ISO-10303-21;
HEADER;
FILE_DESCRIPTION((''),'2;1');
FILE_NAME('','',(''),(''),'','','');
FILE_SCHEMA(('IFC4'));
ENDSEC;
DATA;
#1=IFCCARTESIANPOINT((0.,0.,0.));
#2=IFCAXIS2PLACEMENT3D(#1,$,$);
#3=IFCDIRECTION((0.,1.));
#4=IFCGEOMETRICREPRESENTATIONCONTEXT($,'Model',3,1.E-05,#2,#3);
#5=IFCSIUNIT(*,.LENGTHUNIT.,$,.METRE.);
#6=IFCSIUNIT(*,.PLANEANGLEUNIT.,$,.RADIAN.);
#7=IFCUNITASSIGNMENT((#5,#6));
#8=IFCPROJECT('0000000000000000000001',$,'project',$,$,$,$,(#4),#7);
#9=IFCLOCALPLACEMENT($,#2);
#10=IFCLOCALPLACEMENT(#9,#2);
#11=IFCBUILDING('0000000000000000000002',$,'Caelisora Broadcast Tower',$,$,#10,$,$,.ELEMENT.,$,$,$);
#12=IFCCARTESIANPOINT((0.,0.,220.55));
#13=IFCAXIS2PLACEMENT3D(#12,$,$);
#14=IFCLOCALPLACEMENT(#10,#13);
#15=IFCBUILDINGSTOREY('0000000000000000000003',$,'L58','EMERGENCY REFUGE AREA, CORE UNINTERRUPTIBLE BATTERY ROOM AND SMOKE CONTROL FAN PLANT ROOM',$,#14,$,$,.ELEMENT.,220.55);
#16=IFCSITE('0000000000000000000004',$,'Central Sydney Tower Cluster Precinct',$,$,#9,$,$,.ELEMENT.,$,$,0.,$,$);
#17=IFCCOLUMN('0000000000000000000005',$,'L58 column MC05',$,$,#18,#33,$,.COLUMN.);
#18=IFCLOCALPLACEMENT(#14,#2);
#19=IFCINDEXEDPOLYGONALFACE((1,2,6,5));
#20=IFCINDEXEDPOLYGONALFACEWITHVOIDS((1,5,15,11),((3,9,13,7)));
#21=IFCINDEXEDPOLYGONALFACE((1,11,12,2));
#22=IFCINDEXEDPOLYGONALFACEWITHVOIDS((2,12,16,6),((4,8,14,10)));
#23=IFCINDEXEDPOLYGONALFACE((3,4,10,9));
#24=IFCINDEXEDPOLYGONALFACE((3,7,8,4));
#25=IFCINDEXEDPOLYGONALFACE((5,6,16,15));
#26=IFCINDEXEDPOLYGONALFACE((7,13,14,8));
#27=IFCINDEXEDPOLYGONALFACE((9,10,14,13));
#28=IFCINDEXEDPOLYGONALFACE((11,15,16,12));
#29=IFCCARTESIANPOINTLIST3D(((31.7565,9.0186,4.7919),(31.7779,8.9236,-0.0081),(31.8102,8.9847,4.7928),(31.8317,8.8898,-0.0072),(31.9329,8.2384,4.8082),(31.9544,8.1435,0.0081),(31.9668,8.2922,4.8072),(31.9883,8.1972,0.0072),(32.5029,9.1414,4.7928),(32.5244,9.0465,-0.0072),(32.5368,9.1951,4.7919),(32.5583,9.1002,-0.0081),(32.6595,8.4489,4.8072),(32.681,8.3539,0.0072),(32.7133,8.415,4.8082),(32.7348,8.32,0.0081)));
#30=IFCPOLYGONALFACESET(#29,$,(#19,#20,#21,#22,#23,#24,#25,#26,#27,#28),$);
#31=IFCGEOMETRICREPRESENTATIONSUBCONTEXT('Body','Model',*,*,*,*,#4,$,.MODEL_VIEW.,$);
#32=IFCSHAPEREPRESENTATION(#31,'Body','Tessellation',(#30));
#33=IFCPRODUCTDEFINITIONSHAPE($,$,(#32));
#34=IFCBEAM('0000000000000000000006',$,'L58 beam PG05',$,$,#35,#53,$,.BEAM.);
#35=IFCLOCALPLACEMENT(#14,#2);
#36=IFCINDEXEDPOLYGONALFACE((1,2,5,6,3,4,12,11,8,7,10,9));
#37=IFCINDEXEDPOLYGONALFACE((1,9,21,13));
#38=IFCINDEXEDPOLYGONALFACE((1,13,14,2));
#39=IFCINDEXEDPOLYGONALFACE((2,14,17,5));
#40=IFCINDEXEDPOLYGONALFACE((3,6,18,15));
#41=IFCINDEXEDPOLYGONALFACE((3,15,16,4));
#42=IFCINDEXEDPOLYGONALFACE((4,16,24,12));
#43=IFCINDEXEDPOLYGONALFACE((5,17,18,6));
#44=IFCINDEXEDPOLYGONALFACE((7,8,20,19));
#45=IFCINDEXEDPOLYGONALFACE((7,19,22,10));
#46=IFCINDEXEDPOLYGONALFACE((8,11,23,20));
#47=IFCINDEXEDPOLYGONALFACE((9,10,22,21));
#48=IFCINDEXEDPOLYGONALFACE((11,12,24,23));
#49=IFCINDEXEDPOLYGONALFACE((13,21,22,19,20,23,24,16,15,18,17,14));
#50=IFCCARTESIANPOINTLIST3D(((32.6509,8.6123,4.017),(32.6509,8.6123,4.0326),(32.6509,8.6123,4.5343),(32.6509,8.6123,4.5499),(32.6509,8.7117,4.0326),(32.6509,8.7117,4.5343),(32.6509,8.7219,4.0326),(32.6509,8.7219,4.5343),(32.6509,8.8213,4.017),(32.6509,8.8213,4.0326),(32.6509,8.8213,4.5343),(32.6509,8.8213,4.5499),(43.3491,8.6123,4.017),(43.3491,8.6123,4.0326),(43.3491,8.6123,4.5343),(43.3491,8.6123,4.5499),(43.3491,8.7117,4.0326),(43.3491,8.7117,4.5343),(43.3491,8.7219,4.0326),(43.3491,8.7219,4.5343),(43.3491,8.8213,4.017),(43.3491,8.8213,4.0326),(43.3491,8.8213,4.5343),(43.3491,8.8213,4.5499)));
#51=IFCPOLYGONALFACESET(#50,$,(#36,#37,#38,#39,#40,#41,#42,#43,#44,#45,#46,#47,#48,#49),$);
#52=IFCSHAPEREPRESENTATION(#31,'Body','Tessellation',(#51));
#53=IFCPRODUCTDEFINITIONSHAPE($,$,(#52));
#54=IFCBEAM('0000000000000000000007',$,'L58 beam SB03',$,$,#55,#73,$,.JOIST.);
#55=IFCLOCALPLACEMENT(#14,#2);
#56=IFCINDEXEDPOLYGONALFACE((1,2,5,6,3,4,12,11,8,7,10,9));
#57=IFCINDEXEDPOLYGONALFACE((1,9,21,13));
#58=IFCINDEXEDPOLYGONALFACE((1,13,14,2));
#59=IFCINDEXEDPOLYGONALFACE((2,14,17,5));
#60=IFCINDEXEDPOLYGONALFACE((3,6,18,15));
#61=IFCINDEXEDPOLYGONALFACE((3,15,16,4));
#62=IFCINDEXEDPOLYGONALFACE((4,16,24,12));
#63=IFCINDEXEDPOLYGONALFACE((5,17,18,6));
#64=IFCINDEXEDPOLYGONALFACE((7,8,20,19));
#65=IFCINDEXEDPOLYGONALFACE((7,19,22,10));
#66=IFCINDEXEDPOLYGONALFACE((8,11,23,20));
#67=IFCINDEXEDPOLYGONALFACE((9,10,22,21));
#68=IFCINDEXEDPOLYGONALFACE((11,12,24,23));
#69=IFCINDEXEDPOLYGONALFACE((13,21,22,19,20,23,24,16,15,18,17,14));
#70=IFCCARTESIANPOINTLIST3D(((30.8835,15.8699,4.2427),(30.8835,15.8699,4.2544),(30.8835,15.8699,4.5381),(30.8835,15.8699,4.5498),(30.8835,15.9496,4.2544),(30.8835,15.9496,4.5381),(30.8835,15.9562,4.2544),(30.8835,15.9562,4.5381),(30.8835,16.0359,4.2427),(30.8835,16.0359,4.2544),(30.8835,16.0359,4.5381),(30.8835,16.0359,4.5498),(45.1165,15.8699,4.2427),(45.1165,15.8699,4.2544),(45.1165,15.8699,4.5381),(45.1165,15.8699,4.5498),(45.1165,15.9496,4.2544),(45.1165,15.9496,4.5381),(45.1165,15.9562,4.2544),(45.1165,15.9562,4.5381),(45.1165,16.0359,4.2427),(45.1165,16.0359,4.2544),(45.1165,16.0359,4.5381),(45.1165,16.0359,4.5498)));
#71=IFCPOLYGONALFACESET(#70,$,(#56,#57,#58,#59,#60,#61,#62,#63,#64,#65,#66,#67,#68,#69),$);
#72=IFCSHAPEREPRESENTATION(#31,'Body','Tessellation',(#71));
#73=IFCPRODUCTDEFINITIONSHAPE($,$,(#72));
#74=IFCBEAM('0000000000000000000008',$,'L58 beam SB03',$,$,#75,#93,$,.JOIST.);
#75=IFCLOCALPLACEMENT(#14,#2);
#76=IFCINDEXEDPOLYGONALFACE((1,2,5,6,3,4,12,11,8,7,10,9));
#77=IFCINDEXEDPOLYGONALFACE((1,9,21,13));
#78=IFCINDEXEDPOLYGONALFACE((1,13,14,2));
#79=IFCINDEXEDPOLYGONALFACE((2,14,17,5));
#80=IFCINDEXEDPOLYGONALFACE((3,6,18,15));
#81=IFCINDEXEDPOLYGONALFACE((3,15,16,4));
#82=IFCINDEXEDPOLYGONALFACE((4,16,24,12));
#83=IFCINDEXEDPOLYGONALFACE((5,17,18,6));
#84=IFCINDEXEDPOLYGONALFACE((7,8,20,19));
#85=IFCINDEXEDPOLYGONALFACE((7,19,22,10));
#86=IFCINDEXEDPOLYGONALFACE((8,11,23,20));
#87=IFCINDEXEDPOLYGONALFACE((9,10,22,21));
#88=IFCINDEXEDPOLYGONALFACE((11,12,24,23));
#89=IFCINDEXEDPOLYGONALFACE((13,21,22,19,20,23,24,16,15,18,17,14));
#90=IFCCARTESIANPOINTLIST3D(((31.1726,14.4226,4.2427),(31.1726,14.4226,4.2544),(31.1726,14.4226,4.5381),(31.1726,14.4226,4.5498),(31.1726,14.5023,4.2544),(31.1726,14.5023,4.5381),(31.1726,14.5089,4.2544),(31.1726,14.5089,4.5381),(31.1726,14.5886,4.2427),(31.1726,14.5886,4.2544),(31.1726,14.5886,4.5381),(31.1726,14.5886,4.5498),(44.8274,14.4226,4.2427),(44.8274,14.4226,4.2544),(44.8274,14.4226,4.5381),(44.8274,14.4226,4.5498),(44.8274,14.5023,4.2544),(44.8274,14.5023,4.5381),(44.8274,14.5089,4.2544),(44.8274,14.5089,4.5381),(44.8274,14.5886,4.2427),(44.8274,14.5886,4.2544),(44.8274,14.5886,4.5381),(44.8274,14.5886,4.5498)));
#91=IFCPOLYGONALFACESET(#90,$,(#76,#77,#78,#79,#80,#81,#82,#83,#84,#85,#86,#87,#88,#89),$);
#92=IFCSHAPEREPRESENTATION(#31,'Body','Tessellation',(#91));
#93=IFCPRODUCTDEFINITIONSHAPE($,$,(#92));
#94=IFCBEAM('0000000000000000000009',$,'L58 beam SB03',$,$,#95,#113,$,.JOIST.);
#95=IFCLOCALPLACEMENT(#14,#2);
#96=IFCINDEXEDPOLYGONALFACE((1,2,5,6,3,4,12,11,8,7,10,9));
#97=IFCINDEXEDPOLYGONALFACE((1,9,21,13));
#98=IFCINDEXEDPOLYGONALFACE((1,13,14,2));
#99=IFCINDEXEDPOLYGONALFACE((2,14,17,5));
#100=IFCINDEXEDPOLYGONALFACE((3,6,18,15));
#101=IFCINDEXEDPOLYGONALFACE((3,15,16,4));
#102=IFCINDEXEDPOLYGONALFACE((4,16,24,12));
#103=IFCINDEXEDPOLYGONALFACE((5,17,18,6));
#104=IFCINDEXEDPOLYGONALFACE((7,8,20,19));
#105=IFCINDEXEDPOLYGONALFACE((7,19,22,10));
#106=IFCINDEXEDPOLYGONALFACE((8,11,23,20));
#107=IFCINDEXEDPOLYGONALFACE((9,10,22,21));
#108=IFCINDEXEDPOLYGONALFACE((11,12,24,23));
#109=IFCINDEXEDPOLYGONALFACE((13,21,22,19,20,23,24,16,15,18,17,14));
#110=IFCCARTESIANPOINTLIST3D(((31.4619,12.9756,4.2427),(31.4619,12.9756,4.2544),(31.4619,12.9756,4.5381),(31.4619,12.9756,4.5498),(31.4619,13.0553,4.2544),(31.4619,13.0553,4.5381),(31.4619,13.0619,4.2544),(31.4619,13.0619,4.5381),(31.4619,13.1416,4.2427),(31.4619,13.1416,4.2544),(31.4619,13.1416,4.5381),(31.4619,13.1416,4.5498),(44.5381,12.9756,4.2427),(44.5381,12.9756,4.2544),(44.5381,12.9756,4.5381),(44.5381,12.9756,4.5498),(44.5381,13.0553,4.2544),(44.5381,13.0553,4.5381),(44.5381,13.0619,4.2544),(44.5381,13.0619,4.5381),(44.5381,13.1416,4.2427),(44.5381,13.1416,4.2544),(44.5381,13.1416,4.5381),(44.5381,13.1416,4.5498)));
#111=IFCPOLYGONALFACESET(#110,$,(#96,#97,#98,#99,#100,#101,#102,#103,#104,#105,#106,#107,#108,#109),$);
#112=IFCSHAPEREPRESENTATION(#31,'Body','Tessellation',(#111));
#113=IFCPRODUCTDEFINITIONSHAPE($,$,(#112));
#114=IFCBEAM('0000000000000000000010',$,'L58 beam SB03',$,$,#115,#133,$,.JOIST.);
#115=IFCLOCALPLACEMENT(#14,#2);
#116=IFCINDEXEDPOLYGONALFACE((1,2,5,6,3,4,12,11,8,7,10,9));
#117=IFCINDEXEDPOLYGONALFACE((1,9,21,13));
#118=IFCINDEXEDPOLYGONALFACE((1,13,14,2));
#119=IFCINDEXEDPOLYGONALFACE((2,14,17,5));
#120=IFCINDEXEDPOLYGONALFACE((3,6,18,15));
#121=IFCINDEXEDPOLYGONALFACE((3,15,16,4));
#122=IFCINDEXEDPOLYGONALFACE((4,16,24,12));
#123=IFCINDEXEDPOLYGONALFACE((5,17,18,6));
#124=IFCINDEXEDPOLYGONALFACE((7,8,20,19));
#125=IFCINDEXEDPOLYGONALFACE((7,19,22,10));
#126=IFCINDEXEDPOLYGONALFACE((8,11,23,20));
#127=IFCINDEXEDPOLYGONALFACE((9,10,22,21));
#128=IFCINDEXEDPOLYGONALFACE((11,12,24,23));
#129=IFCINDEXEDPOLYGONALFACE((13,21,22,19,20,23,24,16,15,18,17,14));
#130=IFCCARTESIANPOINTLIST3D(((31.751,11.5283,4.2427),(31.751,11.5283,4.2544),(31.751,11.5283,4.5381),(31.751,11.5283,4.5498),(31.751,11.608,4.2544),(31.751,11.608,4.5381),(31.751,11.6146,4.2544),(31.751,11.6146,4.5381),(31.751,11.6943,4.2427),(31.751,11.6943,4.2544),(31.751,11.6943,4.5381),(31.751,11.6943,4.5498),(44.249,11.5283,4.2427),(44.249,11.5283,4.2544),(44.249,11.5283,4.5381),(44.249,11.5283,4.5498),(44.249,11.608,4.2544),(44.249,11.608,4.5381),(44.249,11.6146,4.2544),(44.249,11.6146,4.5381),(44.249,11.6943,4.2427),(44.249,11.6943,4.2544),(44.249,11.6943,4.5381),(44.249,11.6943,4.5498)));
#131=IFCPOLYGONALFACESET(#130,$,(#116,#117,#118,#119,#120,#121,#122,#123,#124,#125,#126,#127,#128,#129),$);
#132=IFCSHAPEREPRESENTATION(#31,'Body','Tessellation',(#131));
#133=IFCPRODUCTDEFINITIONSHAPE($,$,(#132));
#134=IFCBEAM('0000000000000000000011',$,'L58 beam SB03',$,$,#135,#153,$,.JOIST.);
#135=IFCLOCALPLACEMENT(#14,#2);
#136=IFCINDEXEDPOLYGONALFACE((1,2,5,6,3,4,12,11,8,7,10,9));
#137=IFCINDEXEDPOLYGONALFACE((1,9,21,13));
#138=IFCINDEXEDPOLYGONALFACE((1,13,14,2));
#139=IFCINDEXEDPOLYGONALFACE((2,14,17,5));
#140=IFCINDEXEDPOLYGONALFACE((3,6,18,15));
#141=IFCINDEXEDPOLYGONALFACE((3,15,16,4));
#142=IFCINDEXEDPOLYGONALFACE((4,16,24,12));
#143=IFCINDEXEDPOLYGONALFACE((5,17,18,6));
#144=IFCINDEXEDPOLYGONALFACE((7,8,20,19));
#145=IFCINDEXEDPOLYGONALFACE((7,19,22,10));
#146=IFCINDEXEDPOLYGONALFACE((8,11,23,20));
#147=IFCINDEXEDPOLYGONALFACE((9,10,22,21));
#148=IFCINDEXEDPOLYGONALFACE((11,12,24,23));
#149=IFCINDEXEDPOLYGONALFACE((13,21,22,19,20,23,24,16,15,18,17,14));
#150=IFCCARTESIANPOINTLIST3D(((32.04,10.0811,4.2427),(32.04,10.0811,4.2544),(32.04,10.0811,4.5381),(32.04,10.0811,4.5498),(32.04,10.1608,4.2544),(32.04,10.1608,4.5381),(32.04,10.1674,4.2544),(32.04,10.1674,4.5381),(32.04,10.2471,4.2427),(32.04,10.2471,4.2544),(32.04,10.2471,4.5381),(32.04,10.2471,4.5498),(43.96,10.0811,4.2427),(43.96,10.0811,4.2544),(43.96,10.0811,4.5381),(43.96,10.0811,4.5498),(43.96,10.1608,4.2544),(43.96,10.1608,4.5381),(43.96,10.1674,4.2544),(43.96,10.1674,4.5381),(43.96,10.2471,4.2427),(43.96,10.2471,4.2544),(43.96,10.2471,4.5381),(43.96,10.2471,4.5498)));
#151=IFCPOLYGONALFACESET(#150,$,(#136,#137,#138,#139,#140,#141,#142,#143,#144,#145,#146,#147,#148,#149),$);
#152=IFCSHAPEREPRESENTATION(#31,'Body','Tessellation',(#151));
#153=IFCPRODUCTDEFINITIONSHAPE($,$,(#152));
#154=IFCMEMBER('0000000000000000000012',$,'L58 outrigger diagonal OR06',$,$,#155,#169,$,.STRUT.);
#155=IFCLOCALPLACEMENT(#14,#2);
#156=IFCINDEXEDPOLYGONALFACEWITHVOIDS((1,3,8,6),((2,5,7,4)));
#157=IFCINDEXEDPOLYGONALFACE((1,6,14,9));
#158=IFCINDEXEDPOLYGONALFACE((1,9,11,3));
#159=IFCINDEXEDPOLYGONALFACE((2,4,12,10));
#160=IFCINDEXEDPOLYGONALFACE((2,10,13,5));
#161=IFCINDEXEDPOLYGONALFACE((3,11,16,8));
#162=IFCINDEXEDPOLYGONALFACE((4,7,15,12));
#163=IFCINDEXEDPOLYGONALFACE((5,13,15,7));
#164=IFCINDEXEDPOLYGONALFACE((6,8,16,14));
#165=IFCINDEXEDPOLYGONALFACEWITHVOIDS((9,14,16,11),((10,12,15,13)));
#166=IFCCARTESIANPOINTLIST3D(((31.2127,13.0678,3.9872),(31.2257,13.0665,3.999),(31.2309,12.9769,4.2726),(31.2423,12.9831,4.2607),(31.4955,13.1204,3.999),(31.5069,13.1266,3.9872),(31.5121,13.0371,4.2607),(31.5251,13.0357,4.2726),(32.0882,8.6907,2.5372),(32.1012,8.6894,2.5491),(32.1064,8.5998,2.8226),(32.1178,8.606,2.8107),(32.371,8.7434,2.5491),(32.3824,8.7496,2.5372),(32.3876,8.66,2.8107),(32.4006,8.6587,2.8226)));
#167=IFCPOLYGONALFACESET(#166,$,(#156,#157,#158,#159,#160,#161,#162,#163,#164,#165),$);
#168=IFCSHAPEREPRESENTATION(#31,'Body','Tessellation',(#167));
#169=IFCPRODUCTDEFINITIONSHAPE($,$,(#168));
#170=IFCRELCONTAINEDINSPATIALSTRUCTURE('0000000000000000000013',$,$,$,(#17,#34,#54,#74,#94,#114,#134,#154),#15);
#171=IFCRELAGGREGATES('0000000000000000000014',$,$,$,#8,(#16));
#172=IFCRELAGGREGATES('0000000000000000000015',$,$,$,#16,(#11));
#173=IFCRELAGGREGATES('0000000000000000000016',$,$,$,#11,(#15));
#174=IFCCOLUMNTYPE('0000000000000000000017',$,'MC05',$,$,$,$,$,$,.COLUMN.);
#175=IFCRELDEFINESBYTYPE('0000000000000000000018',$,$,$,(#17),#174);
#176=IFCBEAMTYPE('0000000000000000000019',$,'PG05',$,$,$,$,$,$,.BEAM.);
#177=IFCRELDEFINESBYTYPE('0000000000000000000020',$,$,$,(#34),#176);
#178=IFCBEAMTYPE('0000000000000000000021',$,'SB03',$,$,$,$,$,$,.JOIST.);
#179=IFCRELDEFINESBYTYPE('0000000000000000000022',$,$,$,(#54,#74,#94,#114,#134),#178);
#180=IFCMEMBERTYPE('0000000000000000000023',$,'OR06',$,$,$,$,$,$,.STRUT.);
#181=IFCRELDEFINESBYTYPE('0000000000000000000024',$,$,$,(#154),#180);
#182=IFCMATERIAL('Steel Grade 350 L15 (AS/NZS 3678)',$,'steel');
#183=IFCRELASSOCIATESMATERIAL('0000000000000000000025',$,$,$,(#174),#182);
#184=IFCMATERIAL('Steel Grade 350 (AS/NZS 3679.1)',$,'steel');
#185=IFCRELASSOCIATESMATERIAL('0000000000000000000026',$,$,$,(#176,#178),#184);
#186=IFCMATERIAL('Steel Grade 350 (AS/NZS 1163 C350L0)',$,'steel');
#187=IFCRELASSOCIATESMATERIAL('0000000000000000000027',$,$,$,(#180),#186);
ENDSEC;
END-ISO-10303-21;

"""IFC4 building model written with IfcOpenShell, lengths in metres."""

from ifc_helpers import new_model, si_unit, direction, frame, origin, origin_2d, place, context, subcontext, project, spatial, hollow_rectangle, i_section, extrude, source, transform, mapped, material, material_profile, profile_set, type_object, type_shapes, element, save


model = new_model("IFC4")

# Units and contexts
model_context = context("Model", 3, precision=1e-05, world=origin(), true_north=direction((0.0, 1.0)))
body_context = subcontext(model_context, "Body", "Model", "MODEL_VIEW")
ifc_project = project(units=[si_unit("LENGTHUNIT", "METRE"), si_unit("PLANEANGLEUNIT", "RADIAN")], contexts=[model_context])

# Site, building, storey
site_placement = place(None, origin())
site = spatial("IfcSite", under=ifc_project, at=site_placement, Name="Central Sydney Tower Cluster Precinct", CompositionType="ELEMENT", RefElevation=0.0)
building_placement = place(site_placement, origin())
building = spatial("IfcBuilding", under=site, at=building_placement, Name="Caelisora Broadcast Tower", CompositionType="ELEMENT")
storey_placement = place(building_placement, frame((0.0, 0.0, 220.55)))
storey = spatial("IfcBuildingStorey", under=building, at=storey_placement, Name="L58", Description="EMERGENCY REFUGE AREA, CORE UNINTERRUPTIBLE BATTERY ROOM AND SMOKE CONTROL FAN PLANT ROOM", CompositionType="ELEMENT", Elevation=220.55)

# Column
ifc_material_1 = material(Name="Steel Grade 350 L15 (AS/NZS 3678)", Category="steel")
ifc_material_profile_1 = material_profile(ifc_material_1, hollow_rectangle(XDim=0.8, YDim=0.8, WallThickness=0.0449, at=origin_2d()), Name="Steel Grade 350 L15 (AS/NZS 3678)")
ifc_profile_set_1 = profile_set([ifc_material_profile_1], Name="Steel Grade 350 L15 (AS/NZS 3678)")
column_type = type_object("IfcColumnType", Name="MC05", PredefinedType="COLUMN", material=ifc_profile_set_1)
shared_shape_1 = source(origin(), body_context, "Body", "SweptSolid", [
    extrude(hollow_rectangle(XDim=0.8, YDim=0.8, WallThickness=0.0449, at=origin_2d()), origin(), (0.0, 0.0, 1.0), 4.801),
])
type_shapes(column_type, [shared_shape_1])
column_placement = place(storey_placement, frame((32.2563, 8.6218, 0.0), z_axis=(-0.004475, 0.019781, 0.999794), x_axis=(-0.975354, -0.220646, 0.0)))
element("IfcColumn", 1, at=column_placement, inside=storey, type_object=column_type, Name="L58 column MC05", PredefinedType="COLUMN", context=body_context, shape_type="MappedRepresentation", body=[
    mapped(shared_shape_1, transform((0.0, 0.0, 0.0), scale=1.0)),
])

# Beams
ifc_material_2 = material(Name="Steel Grade 350 (AS/NZS 3679.1)", Category="steel")
ifc_material_profile_2 = material_profile(ifc_material_2, i_section(OverallWidth=0.209, OverallDepth=0.533, WebThickness=0.0103, FlangeThickness=0.0156, at=origin_2d()), Name="Steel Grade 350 (AS/NZS 3679.1)")
ifc_profile_set_2 = profile_set([ifc_material_profile_2], Name="Steel Grade 350 (AS/NZS 3679.1)")
beam_type_1 = type_object("IfcBeamType", Name="PG05", PredefinedType="BEAM", material=ifc_profile_set_2)
shared_shape_2 = source(origin(), body_context, "Body", "SweptSolid", [
    extrude(i_section(OverallWidth=0.209, OverallDepth=0.533, WebThickness=0.0103, FlangeThickness=0.0156, at=origin_2d()), origin(), (0.0, 0.0, 1.0), 10.6982),
])
type_shapes(beam_type_1, [shared_shape_2])
beam_1_placement = place(storey_placement, frame((32.6509, 8.7168, 4.2834), z_axis=(1.0, 0.0, 0.0), x_axis=(0.0, 1.0, 0.0)))
element("IfcBeam", 2, at=beam_1_placement, inside=storey, type_object=beam_type_1, Name="L58 beam PG05", PredefinedType="BEAM", context=body_context, shape_type="MappedRepresentation", body=[
    mapped(shared_shape_2, transform((0.0, 0.0, 0.0), scale=1.0)),
])
ifc_material_profile_3 = material_profile(ifc_material_2, i_section(OverallWidth=0.166, OverallDepth=0.3071, WebThickness=0.0066, FlangeThickness=0.0117, at=origin_2d()), Name="Steel Grade 350 (AS/NZS 3679.1)")
ifc_profile_set_3 = profile_set([ifc_material_profile_3], Name="Steel Grade 350 (AS/NZS 3679.1)")
beam_type_2 = type_object("IfcBeamType", Name="SB03", PredefinedType="JOIST", material=ifc_profile_set_3)
shared_shape_3 = source(origin(), body_context, "Body", "SweptSolid", [
    extrude(i_section(OverallWidth=0.166, OverallDepth=0.3071, WebThickness=0.0066, FlangeThickness=0.0117, at=origin_2d()), origin(), (0.0, 0.0, 1.0), 14.2329),
])
beam_2_placement = place(storey_placement, frame((30.8835, 15.9529, 4.3962), z_axis=(1.0, 0.0, 0.0), x_axis=(0.0, 1.0, 0.0)))
element("IfcBeam", 3, at=beam_2_placement, inside=storey, type_object=beam_type_2, Name="L58 beam SB03", PredefinedType="JOIST", context=body_context, shape_type="MappedRepresentation", body=[
    mapped(shared_shape_3, transform((0.0, 0.0, 0.0), scale=1.0)),
])
shared_shape_4 = source(origin(), body_context, "Body", "SweptSolid", [
    extrude(i_section(OverallWidth=0.166, OverallDepth=0.3071, WebThickness=0.0066, FlangeThickness=0.0117, at=origin_2d()), origin(), (0.0, 0.0, 1.0), 13.6548),
])
beam_3_placement = place(storey_placement, frame((31.1726, 14.5056, 4.3962), z_axis=(1.0, 0.0, 0.0), x_axis=(0.0, 1.0, 0.0)))
element("IfcBeam", 4, at=beam_3_placement, inside=storey, type_object=beam_type_2, Name="L58 beam SB03", PredefinedType="JOIST", context=body_context, shape_type="MappedRepresentation", body=[
    mapped(shared_shape_4, transform((0.0, 0.0, 0.0), scale=1.0)),
])
shared_shape_5 = source(origin(), body_context, "Body", "SweptSolid", [
    extrude(i_section(OverallWidth=0.166, OverallDepth=0.3071, WebThickness=0.0066, FlangeThickness=0.0117, at=origin_2d()), origin(), (0.0, 0.0, 1.0), 13.0762),
])
beam_4_placement = place(storey_placement, frame((31.4619, 13.0586, 4.3962), z_axis=(1.0, 0.0, 0.0), x_axis=(0.0, 1.0, 0.0)))
element("IfcBeam", 5, at=beam_4_placement, inside=storey, type_object=beam_type_2, Name="L58 beam SB03", PredefinedType="JOIST", context=body_context, shape_type="MappedRepresentation", body=[
    mapped(shared_shape_5, transform((0.0, 0.0, 0.0), scale=1.0)),
])
shared_shape_6 = source(origin(), body_context, "Body", "SweptSolid", [
    extrude(i_section(OverallWidth=0.166, OverallDepth=0.3071, WebThickness=0.0066, FlangeThickness=0.0117, at=origin_2d()), origin(), (0.0, 0.0, 1.0), 12.498),
])
beam_5_placement = place(storey_placement, frame((31.751, 11.6113, 4.3962), z_axis=(1.0, 0.0, 0.0), x_axis=(0.0, 1.0, 0.0)))
element("IfcBeam", 6, at=beam_5_placement, inside=storey, type_object=beam_type_2, Name="L58 beam SB03", PredefinedType="JOIST", context=body_context, shape_type="MappedRepresentation", body=[
    mapped(shared_shape_6, transform((0.0, 0.0, 0.0), scale=1.0)),
])
shared_shape_7 = source(origin(), body_context, "Body", "SweptSolid", [
    extrude(i_section(OverallWidth=0.166, OverallDepth=0.3071, WebThickness=0.0066, FlangeThickness=0.0117, at=origin_2d()), origin(), (0.0, 0.0, 1.0), 11.9199),
])
type_shapes(beam_type_2, [shared_shape_3, shared_shape_4, shared_shape_5, shared_shape_6, shared_shape_7])
beam_6_placement = place(storey_placement, frame((32.04, 10.1641, 4.3962), z_axis=(1.0, 0.0, 0.0), x_axis=(0.0, 1.0, 0.0)))
element("IfcBeam", 7, at=beam_6_placement, inside=storey, type_object=beam_type_2, Name="L58 beam SB03", PredefinedType="JOIST", context=body_context, shape_type="MappedRepresentation", body=[
    mapped(shared_shape_7, transform((0.0, 0.0, 0.0), scale=1.0)),
])

# Member
ifc_material_3 = material(Name="Steel Grade 350 (AS/NZS 1163 C350L0)", Category="steel")
ifc_material_profile_4 = material_profile(ifc_material_3, hollow_rectangle(XDim=0.3, YDim=0.3, WallThickness=0.0125, at=origin_2d()), Name="Steel Grade 350 (AS/NZS 1163 C350L0)")
ifc_profile_set_4 = profile_set([ifc_material_profile_4], Name="Steel Grade 350 (AS/NZS 1163 C350L0)")
member_type_1 = type_object("IfcMemberType", Name="OR06", PredefinedType="STRUT", material=ifc_profile_set_4)
shared_shape_8 = source(origin(), body_context, "Body", "SweptSolid", [
    extrude(hollow_rectangle(XDim=0.3, YDim=0.3, WallThickness=0.0125, at=origin_2d()), origin(), (0.0, 0.0, 1.0), 4.6934),
])
member_1_placement = place(storey_placement, frame((31.3689, 13.0518, 4.1299), z_axis=(0.186542, -0.932607, -0.308944), x_axis=(0.980576, 0.196137, 0.0)))
element("IfcMember", 8, at=member_1_placement, inside=storey, type_object=member_type_1, Name="L58 outrigger diagonal OR06", PredefinedType="STRUT", context=body_context, shape_type="MappedRepresentation", body=[
    mapped(shared_shape_8, transform((0.0, 0.0, 0.0), scale=1.0)),
])

save(model, "model.ifc")
